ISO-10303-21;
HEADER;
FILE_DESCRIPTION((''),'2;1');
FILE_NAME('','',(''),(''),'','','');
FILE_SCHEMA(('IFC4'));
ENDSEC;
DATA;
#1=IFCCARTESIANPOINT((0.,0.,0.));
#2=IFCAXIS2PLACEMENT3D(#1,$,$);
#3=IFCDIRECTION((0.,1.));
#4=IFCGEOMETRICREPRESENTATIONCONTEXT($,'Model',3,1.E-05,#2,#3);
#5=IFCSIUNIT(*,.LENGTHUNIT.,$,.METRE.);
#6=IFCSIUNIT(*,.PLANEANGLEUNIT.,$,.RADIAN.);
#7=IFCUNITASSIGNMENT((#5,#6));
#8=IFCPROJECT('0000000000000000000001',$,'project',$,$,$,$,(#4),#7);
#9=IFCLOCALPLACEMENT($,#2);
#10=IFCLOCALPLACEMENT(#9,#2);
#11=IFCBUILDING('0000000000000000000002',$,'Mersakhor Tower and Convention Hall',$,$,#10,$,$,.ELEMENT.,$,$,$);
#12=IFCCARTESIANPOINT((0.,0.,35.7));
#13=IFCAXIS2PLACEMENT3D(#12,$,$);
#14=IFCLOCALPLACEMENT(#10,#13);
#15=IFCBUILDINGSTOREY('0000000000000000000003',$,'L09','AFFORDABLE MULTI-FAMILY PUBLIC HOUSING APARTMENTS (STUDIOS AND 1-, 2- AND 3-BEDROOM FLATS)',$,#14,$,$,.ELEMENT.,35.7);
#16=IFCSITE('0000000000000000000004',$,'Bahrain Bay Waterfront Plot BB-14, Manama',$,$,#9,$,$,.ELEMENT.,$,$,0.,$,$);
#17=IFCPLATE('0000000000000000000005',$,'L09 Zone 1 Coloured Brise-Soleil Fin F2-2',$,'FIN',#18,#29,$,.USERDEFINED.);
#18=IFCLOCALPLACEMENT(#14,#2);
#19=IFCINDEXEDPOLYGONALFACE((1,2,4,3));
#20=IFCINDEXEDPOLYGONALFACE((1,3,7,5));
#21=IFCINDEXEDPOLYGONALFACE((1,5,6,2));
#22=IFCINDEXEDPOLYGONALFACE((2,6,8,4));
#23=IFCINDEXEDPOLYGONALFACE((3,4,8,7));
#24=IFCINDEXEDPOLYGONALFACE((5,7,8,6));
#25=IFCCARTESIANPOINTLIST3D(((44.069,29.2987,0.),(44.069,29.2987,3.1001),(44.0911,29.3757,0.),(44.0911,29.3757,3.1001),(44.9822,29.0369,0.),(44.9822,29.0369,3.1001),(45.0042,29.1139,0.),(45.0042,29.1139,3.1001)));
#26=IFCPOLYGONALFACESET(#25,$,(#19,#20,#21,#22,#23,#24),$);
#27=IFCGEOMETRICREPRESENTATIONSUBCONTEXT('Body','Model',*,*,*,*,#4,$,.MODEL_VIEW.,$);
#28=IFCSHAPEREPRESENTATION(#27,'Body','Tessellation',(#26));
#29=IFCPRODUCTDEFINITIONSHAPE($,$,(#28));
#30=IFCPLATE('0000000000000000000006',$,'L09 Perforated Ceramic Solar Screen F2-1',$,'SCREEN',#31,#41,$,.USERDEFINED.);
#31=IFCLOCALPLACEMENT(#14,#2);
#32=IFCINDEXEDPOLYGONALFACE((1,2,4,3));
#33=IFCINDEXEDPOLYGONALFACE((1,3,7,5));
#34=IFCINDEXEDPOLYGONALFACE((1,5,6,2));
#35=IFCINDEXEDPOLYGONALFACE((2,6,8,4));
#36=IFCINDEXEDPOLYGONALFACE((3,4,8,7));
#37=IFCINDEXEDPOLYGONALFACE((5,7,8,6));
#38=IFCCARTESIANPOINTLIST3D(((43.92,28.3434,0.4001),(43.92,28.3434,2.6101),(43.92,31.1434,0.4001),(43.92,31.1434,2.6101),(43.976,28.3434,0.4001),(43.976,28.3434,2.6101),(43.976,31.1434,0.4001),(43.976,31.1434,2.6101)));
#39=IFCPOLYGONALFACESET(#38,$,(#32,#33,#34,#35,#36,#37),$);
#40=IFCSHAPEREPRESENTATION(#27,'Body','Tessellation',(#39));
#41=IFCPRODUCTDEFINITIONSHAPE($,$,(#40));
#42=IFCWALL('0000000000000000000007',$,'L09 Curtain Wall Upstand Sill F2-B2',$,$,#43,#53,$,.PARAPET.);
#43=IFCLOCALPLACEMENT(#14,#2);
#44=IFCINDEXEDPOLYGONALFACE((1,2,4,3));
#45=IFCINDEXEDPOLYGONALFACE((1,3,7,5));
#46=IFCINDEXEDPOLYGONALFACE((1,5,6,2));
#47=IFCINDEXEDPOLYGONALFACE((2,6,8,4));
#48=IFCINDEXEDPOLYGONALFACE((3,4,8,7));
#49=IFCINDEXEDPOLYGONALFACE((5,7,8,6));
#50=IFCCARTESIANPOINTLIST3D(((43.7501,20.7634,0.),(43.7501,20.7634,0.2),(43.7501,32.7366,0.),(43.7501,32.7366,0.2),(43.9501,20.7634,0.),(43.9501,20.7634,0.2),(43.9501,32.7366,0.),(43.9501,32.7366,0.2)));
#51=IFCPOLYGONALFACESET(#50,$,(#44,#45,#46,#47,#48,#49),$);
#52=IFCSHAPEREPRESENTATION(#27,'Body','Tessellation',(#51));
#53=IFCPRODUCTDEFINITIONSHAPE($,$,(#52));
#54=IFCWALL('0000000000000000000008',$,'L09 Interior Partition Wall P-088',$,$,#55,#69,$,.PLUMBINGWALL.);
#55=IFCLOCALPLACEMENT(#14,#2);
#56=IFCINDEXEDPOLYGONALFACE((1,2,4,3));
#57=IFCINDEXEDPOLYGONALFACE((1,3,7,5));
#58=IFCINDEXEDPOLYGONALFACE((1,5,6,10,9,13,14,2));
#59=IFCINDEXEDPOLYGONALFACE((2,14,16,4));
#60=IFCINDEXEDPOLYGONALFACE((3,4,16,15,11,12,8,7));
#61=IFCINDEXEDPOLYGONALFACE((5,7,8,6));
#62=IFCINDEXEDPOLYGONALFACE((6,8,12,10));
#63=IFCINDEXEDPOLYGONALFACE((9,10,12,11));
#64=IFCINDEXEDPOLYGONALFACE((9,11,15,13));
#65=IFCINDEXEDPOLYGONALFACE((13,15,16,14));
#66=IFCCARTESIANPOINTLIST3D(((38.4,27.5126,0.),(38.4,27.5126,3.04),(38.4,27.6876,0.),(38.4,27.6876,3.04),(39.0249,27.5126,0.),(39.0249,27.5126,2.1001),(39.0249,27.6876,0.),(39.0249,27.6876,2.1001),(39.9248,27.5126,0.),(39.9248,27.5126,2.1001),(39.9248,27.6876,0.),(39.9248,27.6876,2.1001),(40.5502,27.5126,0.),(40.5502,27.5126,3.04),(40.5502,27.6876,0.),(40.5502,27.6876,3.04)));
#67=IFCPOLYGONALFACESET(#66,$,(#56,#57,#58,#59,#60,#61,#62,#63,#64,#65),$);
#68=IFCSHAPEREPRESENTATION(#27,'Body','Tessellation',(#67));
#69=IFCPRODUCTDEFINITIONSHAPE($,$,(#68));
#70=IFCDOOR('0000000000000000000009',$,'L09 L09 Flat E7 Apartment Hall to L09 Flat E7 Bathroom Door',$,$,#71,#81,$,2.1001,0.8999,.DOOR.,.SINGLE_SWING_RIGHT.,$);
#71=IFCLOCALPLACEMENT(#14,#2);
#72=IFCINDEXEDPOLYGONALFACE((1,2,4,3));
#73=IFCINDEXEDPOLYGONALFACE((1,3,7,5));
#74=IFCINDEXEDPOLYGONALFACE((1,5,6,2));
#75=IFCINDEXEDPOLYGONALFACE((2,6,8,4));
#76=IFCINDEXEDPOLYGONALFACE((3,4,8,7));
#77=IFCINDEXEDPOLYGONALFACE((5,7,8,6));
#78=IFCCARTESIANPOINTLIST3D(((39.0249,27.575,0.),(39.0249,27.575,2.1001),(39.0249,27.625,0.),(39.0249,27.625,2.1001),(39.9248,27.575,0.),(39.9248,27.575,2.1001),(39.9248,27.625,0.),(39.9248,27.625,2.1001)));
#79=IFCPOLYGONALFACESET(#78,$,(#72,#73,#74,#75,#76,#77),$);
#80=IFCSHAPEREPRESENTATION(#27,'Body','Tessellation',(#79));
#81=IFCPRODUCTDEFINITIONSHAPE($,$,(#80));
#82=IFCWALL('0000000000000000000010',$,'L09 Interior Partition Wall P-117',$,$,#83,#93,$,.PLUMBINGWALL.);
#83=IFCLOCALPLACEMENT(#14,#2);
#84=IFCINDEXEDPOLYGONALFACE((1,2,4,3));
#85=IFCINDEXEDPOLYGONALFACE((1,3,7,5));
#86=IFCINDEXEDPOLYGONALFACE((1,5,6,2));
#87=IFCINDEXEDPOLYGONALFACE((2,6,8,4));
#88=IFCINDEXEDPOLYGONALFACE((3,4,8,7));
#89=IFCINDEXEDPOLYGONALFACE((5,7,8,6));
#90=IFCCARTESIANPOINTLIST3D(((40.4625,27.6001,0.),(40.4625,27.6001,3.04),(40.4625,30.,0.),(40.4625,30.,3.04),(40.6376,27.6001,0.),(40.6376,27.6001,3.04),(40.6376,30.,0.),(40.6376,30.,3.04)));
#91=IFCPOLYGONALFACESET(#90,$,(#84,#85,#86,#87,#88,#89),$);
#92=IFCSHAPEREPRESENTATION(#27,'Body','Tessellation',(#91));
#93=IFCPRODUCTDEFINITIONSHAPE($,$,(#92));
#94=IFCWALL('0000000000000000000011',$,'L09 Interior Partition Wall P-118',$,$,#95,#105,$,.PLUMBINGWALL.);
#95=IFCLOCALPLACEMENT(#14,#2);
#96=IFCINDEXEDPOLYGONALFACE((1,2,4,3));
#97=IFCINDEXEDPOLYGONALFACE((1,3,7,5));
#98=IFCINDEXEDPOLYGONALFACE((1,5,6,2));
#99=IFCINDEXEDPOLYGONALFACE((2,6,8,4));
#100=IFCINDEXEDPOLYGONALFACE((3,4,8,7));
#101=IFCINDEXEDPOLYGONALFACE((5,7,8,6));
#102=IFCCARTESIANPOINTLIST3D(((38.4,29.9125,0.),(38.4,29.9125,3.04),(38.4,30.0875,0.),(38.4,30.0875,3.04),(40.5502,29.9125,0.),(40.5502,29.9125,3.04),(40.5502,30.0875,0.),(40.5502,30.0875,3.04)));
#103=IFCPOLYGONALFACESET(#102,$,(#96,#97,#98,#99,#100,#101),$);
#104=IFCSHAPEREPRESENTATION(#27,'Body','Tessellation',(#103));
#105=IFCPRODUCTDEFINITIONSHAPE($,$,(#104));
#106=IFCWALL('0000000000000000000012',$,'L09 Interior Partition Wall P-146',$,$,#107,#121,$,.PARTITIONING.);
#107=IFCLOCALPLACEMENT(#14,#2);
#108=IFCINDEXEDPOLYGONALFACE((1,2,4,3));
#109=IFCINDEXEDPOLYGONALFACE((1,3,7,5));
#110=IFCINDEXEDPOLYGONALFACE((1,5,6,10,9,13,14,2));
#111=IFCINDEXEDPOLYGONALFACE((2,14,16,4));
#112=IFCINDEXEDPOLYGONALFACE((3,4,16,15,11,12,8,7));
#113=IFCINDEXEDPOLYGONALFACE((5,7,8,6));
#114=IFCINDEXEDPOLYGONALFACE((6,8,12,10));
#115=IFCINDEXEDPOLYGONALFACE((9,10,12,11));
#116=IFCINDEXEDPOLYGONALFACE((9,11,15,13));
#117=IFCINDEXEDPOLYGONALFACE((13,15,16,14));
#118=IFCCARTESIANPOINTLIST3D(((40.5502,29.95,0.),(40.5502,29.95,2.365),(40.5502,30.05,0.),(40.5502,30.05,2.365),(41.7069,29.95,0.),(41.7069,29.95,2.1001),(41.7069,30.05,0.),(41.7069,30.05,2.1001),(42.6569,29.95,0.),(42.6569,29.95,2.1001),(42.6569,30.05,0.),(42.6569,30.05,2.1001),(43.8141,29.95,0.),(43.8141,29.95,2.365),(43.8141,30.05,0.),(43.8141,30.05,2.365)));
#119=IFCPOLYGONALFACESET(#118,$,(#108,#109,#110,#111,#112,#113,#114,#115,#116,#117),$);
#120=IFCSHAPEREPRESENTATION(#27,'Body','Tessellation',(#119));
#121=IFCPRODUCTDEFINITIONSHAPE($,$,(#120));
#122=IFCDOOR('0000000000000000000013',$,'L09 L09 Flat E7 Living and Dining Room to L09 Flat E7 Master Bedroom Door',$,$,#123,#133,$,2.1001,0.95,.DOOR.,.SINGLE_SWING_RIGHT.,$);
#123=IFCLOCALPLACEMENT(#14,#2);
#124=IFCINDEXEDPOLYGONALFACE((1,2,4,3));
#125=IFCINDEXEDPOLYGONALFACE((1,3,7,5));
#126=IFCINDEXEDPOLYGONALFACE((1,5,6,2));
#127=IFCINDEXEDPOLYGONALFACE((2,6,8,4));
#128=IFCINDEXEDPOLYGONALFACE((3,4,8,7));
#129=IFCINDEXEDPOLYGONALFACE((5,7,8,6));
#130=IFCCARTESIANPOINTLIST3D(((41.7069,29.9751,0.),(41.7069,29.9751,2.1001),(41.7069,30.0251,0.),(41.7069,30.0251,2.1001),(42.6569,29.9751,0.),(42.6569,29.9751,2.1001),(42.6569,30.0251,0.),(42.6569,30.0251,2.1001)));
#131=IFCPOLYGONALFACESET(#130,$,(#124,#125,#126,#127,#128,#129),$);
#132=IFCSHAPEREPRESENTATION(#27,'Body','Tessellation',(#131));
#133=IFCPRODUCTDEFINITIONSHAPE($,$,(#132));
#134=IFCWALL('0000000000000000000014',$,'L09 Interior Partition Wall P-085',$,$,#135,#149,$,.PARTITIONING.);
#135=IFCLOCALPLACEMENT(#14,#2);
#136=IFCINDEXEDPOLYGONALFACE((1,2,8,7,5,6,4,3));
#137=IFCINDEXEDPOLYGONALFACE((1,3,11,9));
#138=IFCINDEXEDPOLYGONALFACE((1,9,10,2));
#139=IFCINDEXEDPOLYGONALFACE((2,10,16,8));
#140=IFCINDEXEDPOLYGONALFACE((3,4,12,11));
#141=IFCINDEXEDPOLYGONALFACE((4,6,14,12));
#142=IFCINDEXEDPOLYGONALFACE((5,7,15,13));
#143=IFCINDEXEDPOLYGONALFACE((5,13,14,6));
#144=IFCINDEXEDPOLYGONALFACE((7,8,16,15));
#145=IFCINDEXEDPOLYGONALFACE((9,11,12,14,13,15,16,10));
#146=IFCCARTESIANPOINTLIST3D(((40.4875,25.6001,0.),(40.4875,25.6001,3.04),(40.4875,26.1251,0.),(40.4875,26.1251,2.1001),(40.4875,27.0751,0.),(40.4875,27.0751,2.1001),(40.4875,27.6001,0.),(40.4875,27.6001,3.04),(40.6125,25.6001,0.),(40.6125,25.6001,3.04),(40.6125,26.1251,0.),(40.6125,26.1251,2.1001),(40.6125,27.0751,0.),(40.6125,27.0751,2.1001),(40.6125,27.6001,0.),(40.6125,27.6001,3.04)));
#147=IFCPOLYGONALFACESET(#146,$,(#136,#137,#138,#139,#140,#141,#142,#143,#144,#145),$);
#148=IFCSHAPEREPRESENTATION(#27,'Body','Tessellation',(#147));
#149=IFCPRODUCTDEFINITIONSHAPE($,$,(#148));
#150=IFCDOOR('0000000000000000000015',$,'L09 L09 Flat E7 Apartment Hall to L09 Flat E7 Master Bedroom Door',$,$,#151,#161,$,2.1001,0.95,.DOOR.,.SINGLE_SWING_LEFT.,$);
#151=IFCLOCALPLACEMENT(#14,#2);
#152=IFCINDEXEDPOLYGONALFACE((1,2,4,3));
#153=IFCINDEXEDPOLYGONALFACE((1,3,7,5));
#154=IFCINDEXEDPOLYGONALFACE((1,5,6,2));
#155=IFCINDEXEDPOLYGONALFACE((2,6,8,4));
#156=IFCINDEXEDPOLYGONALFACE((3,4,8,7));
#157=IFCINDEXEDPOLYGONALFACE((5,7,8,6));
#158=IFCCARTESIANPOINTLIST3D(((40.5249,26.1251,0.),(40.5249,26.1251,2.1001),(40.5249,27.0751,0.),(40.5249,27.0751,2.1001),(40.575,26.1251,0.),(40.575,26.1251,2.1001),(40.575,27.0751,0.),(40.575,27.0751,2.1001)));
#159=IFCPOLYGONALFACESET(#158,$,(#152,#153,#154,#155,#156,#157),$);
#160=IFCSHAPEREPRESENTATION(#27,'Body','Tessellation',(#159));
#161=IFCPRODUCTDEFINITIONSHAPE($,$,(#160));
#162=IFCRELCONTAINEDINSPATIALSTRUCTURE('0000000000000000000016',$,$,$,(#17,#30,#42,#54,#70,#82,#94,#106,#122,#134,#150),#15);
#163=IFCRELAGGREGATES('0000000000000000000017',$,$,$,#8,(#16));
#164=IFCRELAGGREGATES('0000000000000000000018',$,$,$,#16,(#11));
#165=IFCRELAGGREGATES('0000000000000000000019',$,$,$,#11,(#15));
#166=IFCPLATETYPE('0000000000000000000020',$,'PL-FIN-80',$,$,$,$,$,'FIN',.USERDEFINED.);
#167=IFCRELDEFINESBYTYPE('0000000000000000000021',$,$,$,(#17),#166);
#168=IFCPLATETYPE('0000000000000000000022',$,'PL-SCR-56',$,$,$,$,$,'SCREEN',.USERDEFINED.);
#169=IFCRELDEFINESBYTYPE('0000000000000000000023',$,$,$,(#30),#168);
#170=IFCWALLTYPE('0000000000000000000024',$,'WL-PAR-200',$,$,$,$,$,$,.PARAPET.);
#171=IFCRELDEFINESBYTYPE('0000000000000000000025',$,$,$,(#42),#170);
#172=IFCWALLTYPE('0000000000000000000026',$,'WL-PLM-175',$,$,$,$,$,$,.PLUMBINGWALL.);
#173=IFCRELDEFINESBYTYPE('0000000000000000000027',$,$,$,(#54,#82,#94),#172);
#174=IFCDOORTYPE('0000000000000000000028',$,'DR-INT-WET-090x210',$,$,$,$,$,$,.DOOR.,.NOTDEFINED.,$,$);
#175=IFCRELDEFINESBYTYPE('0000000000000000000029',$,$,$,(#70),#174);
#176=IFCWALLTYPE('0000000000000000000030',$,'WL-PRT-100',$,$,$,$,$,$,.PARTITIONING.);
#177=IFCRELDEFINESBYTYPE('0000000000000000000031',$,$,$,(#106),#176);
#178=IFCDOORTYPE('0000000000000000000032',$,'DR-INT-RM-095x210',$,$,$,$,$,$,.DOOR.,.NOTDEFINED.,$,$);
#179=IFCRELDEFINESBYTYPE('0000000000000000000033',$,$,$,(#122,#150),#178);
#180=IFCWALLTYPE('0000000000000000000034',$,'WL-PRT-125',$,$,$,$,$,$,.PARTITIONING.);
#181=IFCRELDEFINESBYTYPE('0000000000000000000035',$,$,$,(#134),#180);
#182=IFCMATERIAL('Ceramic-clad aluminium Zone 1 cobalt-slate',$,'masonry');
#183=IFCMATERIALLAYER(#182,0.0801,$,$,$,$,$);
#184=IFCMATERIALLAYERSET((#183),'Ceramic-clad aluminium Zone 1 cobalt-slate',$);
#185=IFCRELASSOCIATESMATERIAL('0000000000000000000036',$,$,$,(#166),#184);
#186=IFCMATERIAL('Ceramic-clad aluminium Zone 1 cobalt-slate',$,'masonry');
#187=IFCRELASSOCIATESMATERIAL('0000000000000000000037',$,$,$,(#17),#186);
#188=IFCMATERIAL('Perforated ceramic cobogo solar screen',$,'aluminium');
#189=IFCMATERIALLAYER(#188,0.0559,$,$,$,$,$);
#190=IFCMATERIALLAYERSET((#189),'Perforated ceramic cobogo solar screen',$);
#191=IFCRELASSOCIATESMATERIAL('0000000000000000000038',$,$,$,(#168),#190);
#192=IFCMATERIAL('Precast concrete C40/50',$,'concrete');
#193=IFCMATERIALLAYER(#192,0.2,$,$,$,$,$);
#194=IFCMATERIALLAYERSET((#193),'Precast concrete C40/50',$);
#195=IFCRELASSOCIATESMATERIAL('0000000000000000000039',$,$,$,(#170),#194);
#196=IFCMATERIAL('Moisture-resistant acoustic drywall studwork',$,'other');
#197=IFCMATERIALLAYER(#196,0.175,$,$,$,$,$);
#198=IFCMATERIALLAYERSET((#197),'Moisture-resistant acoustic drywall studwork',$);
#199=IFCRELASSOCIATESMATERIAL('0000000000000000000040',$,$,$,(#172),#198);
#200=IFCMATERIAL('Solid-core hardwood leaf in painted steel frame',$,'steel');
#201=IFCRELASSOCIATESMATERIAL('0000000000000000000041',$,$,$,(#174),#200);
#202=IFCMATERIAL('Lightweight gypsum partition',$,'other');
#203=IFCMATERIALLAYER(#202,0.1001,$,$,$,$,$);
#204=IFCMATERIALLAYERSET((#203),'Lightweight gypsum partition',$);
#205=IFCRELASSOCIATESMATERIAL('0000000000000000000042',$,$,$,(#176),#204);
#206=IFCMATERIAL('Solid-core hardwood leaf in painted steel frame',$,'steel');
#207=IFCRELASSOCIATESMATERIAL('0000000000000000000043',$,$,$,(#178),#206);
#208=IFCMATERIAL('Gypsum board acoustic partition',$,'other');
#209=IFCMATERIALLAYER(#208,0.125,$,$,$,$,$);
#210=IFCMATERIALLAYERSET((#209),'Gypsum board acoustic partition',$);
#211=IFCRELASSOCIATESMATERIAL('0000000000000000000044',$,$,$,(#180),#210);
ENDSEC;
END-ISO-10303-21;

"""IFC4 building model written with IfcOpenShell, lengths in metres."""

from ifc_helpers import new_model, si_unit, direction, frame, frame_2d, origin, origin_2d, place, context, subcontext, project, spatial, rectangle, extrude, material, layer, layer_set, type_object, element, fill, save


model = new_model("IFC4")

# Units and contexts
model_context = context("Model", 3, precision=1e-05, world=origin(), true_north=direction((0.0, 1.0)))
body_context = subcontext(model_context, "Body", "Model", "MODEL_VIEW")
ifc_project = project(units=[si_unit("LENGTHUNIT", "METRE"), si_unit("PLANEANGLEUNIT", "RADIAN")], contexts=[model_context])

# Site, building, storey
site_placement = place(None, origin())
site = spatial("IfcSite", under=ifc_project, at=site_placement, Name="Bahrain Bay Waterfront Plot BB-14, Manama", CompositionType="ELEMENT", RefElevation=0.0)
building_placement = place(site_placement, origin())
building = spatial("IfcBuilding", under=site, at=building_placement, Name="Mersakhor Tower and Convention Hall", CompositionType="ELEMENT")
storey_placement = place(building_placement, frame((0.0, 0.0, 35.7)))
storey = spatial("IfcBuildingStorey", under=building, at=storey_placement, Name="L09", Description="AFFORDABLE MULTI-FAMILY PUBLIC HOUSING APARTMENTS (STUDIOS AND 1-, 2- AND 3-BEDROOM FLATS)", CompositionType="ELEMENT", Elevation=35.7)

# Plates
ifc_material_1 = material(Name="Ceramic-clad aluminium Zone 1 cobalt-slate", Category="masonry")
ifc_material_2 = material(Name="Ceramic-clad aluminium Zone 1 cobalt-slate", Category="masonry")
ifc_layer_1 = layer(ifc_material_2, 0.0801)
ifc_layer_set_1 = layer_set([ifc_layer_1], Name="Ceramic-clad aluminium Zone 1 cobalt-slate")
plate_type_1 = type_object("IfcPlateType", Name="PL-FIN-80", ElementType="FIN", PredefinedType="USERDEFINED", material=ifc_layer_set_1)
plate_1_placement = place(storey_placement, frame((44.5366, 29.2063, 0.0), z_axis=(0.0, 0.0, 1.0), x_axis=(0.961262, -0.275637, 0.0)))
element("IfcPlate", 1, at=plate_1_placement, inside=storey, type_object=plate_type_1, material=ifc_material_1, Name="L09 Zone 1 Coloured Brise-Soleil Fin F2-2", ObjectType="FIN", PredefinedType="USERDEFINED", context=body_context, shape_type="SweptSolid", body=[
    extrude(rectangle(XDim=0.95, YDim=0.0801, at=origin_2d()), origin(), (0.0, 0.0, 1.0), 3.1001),
])
ifc_material_3 = material(Name="Perforated ceramic cobogo solar screen", Category="aluminium")
ifc_layer_2 = layer(ifc_material_3, 0.0559)
ifc_layer_set_2 = layer_set([ifc_layer_2], Name="Perforated ceramic cobogo solar screen")
plate_type_2 = type_object("IfcPlateType", Name="PL-SCR-56", ElementType="SCREEN", PredefinedType="USERDEFINED", material=ifc_layer_set_2)
plate_2_placement = place(storey_placement, frame((43.948, 29.7434, 0.4001), z_axis=(0.0, 0.0, 1.0), x_axis=(0.0, -1.0, 0.0)))
element("IfcPlate", 2, at=plate_2_placement, inside=storey, type_object=plate_type_2, Name="L09 Perforated Ceramic Solar Screen F2-1", ObjectType="SCREEN", PredefinedType="USERDEFINED", context=body_context, shape_type="SweptSolid", body=[
    extrude(rectangle(XDim=2.8, YDim=0.0559, at=origin_2d()), origin(), (0.0, 0.0, 1.0), 2.21),
])

# Wall
ifc_material_4 = material(Name="Precast concrete C40/50", Category="concrete")
ifc_layer_3 = layer(ifc_material_4, 0.2)
ifc_layer_set_3 = layer_set([ifc_layer_3], Name="Precast concrete C40/50")
wall_type_1 = type_object("IfcWallType", Name="WL-PAR-200", PredefinedType="PARAPET", material=ifc_layer_set_3)
wall_1_placement = place(storey_placement, frame((43.8501, 32.7366, 0.0), z_axis=(0.0, 0.0, 1.0), x_axis=(0.0, -1.0, 0.0)))
element("IfcWall", 3, at=wall_1_placement, inside=storey, type_object=wall_type_1, Name="L09 Curtain Wall Upstand Sill F2-B2", PredefinedType="PARAPET", context=body_context, shape_type="SweptSolid", body=[
    extrude(rectangle(XDim=11.9731, YDim=0.2, at=frame_2d((5.9866, 0.0))), origin(), (0.0, 0.0, 1.0), 0.2),
])

# Wall, opening, door
ifc_material_5 = material(Name="Moisture-resistant acoustic drywall studwork", Category="other")
ifc_layer_4 = layer(ifc_material_5, 0.175)
ifc_layer_set_4 = layer_set([ifc_layer_4], Name="Moisture-resistant acoustic drywall studwork")
wall_type_2 = type_object("IfcWallType", Name="WL-PLM-175", PredefinedType="PLUMBINGWALL", material=ifc_layer_set_4)
wall_2_placement = place(storey_placement, frame((38.3999, 27.6001, 0.0), z_axis=(0.0, 0.0, 1.0), x_axis=(1.0, 0.0, 0.0)))
wall_2 = element("IfcWall", 4, at=wall_2_placement, inside=storey, type_object=wall_type_2, Name="L09 Interior Partition Wall P-088", PredefinedType="PLUMBINGWALL", context=body_context, shape_type="SweptSolid", body=[
    extrude(rectangle(XDim=2.1501, YDim=0.175, at=frame_2d((1.0752, 0.0))), origin(), (0.0, 0.0, 1.0), 3.04),
])
opening_1_placement = place(wall_2_placement, frame((0.625, 0.0, 0.0)))
opening_1 = element("IfcOpeningElement", 5, at=opening_1_placement, cuts=wall_2, PredefinedType="OPENING", context=body_context, shape_type="SweptSolid", body=[
    extrude(rectangle(XDim=0.8999, YDim=2.1001, at=frame_2d((0.45, 1.05))), frame((0.0, 0.0974, 0.0), z_axis=(0.0, -1.0, 0.0), x_axis=(1.0, 0.0, 0.0)), (0.0, 0.0, 1.0), 0.1951),
])
ifc_material_6 = material(Name="Solid-core hardwood leaf in painted steel frame", Category="steel")
door_type_1 = type_object("IfcDoorType", Name="DR-INT-WET-090x210", OperationType="NOTDEFINED", PredefinedType="DOOR", material=ifc_material_6)
door_1_placement = place(opening_1_placement, origin())
door_1 = element("IfcDoor", 6, at=door_1_placement, inside=storey, type_object=door_type_1, Name="L09 L09 Flat E7 Apartment Hall to L09 Flat E7 Bathroom Door", OperationType="SINGLE_SWING_RIGHT", OverallHeight=2.1001, OverallWidth=0.8999, PredefinedType="DOOR", context=body_context, shape_type="SweptSolid", body=[
    extrude(rectangle(XDim=0.8999, YDim=2.1001, at=frame_2d((0.45, 1.05))), frame((0.0, 0.0249, 0.0), z_axis=(0.0, -1.0, 0.0), x_axis=(1.0, 0.0, 0.0)), (0.0, 0.0, 1.0), 0.05),
])
fill(opening_1, door_1)

# Walls
wall_3_placement = place(storey_placement, frame((40.55, 30.0, 0.0), z_axis=(0.0, 0.0, 1.0), x_axis=(0.0, -1.0, 0.0)))
element("IfcWall", 7, at=wall_3_placement, inside=storey, type_object=wall_type_2, Name="L09 Interior Partition Wall P-117", PredefinedType="PLUMBINGWALL", context=body_context, shape_type="SweptSolid", body=[
    extrude(rectangle(XDim=2.3999, YDim=0.175, at=frame_2d((1.2, 0.0))), origin(), (0.0, 0.0, 1.0), 3.04),
])
wall_4_placement = place(storey_placement, frame((38.3999, 30.0, 0.0), z_axis=(0.0, 0.0, 1.0), x_axis=(1.0, 0.0, 0.0)))
element("IfcWall", 8, at=wall_4_placement, inside=storey, type_object=wall_type_2, Name="L09 Interior Partition Wall P-118", PredefinedType="PLUMBINGWALL", context=body_context, shape_type="SweptSolid", body=[
    extrude(rectangle(XDim=2.1501, YDim=0.175, at=frame_2d((1.0752, 0.0))), origin(), (0.0, 0.0, 1.0), 3.04),
])

# Walls, openings, doors
ifc_material_7 = material(Name="Lightweight gypsum partition", Category="other")
ifc_layer_5 = layer(ifc_material_7, 0.1001)
ifc_layer_set_5 = layer_set([ifc_layer_5], Name="Lightweight gypsum partition")
wall_type_3 = type_object("IfcWallType", Name="WL-PRT-100", PredefinedType="PARTITIONING", material=ifc_layer_set_5)
wall_5_placement = place(storey_placement, frame((43.814, 30.0, 0.0), z_axis=(0.0, 0.0, 1.0), x_axis=(-1.0, 0.0, 0.0)))
wall_5 = element("IfcWall", 9, at=wall_5_placement, inside=storey, type_object=wall_type_3, Name="L09 Interior Partition Wall P-146", PredefinedType="PARTITIONING", context=body_context, shape_type="SweptSolid", body=[
    extrude(rectangle(XDim=3.2639, YDim=0.1001, at=frame_2d((1.6318, 0.0))), origin(), (0.0, 0.0, 1.0), 2.365),
])
opening_2_placement = place(wall_5_placement, frame((1.157, 0.0, 0.0)))
opening_2 = element("IfcOpeningElement", 10, at=opening_2_placement, cuts=wall_5, PredefinedType="OPENING", context=body_context, shape_type="SweptSolid", body=[
    extrude(rectangle(XDim=0.95, YDim=2.1001, at=frame_2d((0.4751, 1.05))), frame((0.0, 0.0601, 0.0), z_axis=(0.0, -1.0, 0.0), x_axis=(1.0, 0.0, 0.0)), (0.0, 0.0, 1.0), 0.1201),
])
ifc_material_8 = material(Name="Solid-core hardwood leaf in painted steel frame", Category="steel")
door_type_2 = type_object("IfcDoorType", Name="DR-INT-RM-095x210", OperationType="NOTDEFINED", PredefinedType="DOOR", material=ifc_material_8)
door_2_placement = place(opening_2_placement, origin())
door_2 = element("IfcDoor", 11, at=door_2_placement, inside=storey, type_object=door_type_2, Name="L09 L09 Flat E7 Living and Dining Room to L09 Flat E7 Master Bedroom Door", OperationType="SINGLE_SWING_RIGHT", OverallHeight=2.1001, OverallWidth=0.95, PredefinedType="DOOR", context=body_context, shape_type="SweptSolid", body=[
    extrude(rectangle(XDim=0.95, YDim=2.1001, at=frame_2d((0.4751, 1.05))), frame((0.0, 0.0249, 0.0), z_axis=(0.0, -1.0, 0.0), x_axis=(1.0, 0.0, 0.0)), (0.0, 0.0, 1.0), 0.05),
])
fill(opening_2, door_2)
ifc_material_9 = material(Name="Gypsum board acoustic partition", Category="other")
ifc_layer_6 = layer(ifc_material_9, 0.125)
ifc_layer_set_6 = layer_set([ifc_layer_6], Name="Gypsum board acoustic partition")
wall_type_4 = type_object("IfcWallType", Name="WL-PRT-125", PredefinedType="PARTITIONING", material=ifc_layer_set_6)
wall_6_placement = place(storey_placement, frame((40.55, 27.6001, 0.0), z_axis=(0.0, 0.0, 1.0), x_axis=(0.0, -1.0, 0.0)))
wall_6 = element("IfcWall", 12, at=wall_6_placement, inside=storey, type_object=wall_type_4, Name="L09 Interior Partition Wall P-085", PredefinedType="PARTITIONING", context=body_context, shape_type="SweptSolid", body=[
    extrude(rectangle(XDim=2.0, YDim=0.125, at=frame_2d((1.0, 0.0))), origin(), (0.0, 0.0, 1.0), 3.04),
])
opening_3_placement = place(wall_6_placement, frame((0.5249, 0.0, 0.0)))
opening_3 = element("IfcOpeningElement", 13, at=opening_3_placement, cuts=wall_6, PredefinedType="OPENING", context=body_context, shape_type="SweptSolid", body=[
    extrude(rectangle(XDim=0.95, YDim=2.1001, at=frame_2d((0.4751, 1.05))), frame((0.0, 0.0725, 0.0), z_axis=(0.0, -1.0, 0.0), x_axis=(1.0, 0.0, 0.0)), (0.0, 0.0, 1.0), 0.145),
])
door_3_placement = place(opening_3_placement, origin())
door_3 = element("IfcDoor", 14, at=door_3_placement, inside=storey, type_object=door_type_2, Name="L09 L09 Flat E7 Apartment Hall to L09 Flat E7 Master Bedroom Door", OperationType="SINGLE_SWING_LEFT", OverallHeight=2.1001, OverallWidth=0.95, PredefinedType="DOOR", context=body_context, shape_type="SweptSolid", body=[
    extrude(rectangle(XDim=0.95, YDim=2.1001, at=frame_2d((0.4751, 1.05))), frame((0.0, 0.0249, 0.0), z_axis=(0.0, -1.0, 0.0), x_axis=(1.0, 0.0, 0.0)), (0.0, 0.0, 1.0), 0.05),
])
fill(opening_3, door_3)

save(model, "model.ifc")
